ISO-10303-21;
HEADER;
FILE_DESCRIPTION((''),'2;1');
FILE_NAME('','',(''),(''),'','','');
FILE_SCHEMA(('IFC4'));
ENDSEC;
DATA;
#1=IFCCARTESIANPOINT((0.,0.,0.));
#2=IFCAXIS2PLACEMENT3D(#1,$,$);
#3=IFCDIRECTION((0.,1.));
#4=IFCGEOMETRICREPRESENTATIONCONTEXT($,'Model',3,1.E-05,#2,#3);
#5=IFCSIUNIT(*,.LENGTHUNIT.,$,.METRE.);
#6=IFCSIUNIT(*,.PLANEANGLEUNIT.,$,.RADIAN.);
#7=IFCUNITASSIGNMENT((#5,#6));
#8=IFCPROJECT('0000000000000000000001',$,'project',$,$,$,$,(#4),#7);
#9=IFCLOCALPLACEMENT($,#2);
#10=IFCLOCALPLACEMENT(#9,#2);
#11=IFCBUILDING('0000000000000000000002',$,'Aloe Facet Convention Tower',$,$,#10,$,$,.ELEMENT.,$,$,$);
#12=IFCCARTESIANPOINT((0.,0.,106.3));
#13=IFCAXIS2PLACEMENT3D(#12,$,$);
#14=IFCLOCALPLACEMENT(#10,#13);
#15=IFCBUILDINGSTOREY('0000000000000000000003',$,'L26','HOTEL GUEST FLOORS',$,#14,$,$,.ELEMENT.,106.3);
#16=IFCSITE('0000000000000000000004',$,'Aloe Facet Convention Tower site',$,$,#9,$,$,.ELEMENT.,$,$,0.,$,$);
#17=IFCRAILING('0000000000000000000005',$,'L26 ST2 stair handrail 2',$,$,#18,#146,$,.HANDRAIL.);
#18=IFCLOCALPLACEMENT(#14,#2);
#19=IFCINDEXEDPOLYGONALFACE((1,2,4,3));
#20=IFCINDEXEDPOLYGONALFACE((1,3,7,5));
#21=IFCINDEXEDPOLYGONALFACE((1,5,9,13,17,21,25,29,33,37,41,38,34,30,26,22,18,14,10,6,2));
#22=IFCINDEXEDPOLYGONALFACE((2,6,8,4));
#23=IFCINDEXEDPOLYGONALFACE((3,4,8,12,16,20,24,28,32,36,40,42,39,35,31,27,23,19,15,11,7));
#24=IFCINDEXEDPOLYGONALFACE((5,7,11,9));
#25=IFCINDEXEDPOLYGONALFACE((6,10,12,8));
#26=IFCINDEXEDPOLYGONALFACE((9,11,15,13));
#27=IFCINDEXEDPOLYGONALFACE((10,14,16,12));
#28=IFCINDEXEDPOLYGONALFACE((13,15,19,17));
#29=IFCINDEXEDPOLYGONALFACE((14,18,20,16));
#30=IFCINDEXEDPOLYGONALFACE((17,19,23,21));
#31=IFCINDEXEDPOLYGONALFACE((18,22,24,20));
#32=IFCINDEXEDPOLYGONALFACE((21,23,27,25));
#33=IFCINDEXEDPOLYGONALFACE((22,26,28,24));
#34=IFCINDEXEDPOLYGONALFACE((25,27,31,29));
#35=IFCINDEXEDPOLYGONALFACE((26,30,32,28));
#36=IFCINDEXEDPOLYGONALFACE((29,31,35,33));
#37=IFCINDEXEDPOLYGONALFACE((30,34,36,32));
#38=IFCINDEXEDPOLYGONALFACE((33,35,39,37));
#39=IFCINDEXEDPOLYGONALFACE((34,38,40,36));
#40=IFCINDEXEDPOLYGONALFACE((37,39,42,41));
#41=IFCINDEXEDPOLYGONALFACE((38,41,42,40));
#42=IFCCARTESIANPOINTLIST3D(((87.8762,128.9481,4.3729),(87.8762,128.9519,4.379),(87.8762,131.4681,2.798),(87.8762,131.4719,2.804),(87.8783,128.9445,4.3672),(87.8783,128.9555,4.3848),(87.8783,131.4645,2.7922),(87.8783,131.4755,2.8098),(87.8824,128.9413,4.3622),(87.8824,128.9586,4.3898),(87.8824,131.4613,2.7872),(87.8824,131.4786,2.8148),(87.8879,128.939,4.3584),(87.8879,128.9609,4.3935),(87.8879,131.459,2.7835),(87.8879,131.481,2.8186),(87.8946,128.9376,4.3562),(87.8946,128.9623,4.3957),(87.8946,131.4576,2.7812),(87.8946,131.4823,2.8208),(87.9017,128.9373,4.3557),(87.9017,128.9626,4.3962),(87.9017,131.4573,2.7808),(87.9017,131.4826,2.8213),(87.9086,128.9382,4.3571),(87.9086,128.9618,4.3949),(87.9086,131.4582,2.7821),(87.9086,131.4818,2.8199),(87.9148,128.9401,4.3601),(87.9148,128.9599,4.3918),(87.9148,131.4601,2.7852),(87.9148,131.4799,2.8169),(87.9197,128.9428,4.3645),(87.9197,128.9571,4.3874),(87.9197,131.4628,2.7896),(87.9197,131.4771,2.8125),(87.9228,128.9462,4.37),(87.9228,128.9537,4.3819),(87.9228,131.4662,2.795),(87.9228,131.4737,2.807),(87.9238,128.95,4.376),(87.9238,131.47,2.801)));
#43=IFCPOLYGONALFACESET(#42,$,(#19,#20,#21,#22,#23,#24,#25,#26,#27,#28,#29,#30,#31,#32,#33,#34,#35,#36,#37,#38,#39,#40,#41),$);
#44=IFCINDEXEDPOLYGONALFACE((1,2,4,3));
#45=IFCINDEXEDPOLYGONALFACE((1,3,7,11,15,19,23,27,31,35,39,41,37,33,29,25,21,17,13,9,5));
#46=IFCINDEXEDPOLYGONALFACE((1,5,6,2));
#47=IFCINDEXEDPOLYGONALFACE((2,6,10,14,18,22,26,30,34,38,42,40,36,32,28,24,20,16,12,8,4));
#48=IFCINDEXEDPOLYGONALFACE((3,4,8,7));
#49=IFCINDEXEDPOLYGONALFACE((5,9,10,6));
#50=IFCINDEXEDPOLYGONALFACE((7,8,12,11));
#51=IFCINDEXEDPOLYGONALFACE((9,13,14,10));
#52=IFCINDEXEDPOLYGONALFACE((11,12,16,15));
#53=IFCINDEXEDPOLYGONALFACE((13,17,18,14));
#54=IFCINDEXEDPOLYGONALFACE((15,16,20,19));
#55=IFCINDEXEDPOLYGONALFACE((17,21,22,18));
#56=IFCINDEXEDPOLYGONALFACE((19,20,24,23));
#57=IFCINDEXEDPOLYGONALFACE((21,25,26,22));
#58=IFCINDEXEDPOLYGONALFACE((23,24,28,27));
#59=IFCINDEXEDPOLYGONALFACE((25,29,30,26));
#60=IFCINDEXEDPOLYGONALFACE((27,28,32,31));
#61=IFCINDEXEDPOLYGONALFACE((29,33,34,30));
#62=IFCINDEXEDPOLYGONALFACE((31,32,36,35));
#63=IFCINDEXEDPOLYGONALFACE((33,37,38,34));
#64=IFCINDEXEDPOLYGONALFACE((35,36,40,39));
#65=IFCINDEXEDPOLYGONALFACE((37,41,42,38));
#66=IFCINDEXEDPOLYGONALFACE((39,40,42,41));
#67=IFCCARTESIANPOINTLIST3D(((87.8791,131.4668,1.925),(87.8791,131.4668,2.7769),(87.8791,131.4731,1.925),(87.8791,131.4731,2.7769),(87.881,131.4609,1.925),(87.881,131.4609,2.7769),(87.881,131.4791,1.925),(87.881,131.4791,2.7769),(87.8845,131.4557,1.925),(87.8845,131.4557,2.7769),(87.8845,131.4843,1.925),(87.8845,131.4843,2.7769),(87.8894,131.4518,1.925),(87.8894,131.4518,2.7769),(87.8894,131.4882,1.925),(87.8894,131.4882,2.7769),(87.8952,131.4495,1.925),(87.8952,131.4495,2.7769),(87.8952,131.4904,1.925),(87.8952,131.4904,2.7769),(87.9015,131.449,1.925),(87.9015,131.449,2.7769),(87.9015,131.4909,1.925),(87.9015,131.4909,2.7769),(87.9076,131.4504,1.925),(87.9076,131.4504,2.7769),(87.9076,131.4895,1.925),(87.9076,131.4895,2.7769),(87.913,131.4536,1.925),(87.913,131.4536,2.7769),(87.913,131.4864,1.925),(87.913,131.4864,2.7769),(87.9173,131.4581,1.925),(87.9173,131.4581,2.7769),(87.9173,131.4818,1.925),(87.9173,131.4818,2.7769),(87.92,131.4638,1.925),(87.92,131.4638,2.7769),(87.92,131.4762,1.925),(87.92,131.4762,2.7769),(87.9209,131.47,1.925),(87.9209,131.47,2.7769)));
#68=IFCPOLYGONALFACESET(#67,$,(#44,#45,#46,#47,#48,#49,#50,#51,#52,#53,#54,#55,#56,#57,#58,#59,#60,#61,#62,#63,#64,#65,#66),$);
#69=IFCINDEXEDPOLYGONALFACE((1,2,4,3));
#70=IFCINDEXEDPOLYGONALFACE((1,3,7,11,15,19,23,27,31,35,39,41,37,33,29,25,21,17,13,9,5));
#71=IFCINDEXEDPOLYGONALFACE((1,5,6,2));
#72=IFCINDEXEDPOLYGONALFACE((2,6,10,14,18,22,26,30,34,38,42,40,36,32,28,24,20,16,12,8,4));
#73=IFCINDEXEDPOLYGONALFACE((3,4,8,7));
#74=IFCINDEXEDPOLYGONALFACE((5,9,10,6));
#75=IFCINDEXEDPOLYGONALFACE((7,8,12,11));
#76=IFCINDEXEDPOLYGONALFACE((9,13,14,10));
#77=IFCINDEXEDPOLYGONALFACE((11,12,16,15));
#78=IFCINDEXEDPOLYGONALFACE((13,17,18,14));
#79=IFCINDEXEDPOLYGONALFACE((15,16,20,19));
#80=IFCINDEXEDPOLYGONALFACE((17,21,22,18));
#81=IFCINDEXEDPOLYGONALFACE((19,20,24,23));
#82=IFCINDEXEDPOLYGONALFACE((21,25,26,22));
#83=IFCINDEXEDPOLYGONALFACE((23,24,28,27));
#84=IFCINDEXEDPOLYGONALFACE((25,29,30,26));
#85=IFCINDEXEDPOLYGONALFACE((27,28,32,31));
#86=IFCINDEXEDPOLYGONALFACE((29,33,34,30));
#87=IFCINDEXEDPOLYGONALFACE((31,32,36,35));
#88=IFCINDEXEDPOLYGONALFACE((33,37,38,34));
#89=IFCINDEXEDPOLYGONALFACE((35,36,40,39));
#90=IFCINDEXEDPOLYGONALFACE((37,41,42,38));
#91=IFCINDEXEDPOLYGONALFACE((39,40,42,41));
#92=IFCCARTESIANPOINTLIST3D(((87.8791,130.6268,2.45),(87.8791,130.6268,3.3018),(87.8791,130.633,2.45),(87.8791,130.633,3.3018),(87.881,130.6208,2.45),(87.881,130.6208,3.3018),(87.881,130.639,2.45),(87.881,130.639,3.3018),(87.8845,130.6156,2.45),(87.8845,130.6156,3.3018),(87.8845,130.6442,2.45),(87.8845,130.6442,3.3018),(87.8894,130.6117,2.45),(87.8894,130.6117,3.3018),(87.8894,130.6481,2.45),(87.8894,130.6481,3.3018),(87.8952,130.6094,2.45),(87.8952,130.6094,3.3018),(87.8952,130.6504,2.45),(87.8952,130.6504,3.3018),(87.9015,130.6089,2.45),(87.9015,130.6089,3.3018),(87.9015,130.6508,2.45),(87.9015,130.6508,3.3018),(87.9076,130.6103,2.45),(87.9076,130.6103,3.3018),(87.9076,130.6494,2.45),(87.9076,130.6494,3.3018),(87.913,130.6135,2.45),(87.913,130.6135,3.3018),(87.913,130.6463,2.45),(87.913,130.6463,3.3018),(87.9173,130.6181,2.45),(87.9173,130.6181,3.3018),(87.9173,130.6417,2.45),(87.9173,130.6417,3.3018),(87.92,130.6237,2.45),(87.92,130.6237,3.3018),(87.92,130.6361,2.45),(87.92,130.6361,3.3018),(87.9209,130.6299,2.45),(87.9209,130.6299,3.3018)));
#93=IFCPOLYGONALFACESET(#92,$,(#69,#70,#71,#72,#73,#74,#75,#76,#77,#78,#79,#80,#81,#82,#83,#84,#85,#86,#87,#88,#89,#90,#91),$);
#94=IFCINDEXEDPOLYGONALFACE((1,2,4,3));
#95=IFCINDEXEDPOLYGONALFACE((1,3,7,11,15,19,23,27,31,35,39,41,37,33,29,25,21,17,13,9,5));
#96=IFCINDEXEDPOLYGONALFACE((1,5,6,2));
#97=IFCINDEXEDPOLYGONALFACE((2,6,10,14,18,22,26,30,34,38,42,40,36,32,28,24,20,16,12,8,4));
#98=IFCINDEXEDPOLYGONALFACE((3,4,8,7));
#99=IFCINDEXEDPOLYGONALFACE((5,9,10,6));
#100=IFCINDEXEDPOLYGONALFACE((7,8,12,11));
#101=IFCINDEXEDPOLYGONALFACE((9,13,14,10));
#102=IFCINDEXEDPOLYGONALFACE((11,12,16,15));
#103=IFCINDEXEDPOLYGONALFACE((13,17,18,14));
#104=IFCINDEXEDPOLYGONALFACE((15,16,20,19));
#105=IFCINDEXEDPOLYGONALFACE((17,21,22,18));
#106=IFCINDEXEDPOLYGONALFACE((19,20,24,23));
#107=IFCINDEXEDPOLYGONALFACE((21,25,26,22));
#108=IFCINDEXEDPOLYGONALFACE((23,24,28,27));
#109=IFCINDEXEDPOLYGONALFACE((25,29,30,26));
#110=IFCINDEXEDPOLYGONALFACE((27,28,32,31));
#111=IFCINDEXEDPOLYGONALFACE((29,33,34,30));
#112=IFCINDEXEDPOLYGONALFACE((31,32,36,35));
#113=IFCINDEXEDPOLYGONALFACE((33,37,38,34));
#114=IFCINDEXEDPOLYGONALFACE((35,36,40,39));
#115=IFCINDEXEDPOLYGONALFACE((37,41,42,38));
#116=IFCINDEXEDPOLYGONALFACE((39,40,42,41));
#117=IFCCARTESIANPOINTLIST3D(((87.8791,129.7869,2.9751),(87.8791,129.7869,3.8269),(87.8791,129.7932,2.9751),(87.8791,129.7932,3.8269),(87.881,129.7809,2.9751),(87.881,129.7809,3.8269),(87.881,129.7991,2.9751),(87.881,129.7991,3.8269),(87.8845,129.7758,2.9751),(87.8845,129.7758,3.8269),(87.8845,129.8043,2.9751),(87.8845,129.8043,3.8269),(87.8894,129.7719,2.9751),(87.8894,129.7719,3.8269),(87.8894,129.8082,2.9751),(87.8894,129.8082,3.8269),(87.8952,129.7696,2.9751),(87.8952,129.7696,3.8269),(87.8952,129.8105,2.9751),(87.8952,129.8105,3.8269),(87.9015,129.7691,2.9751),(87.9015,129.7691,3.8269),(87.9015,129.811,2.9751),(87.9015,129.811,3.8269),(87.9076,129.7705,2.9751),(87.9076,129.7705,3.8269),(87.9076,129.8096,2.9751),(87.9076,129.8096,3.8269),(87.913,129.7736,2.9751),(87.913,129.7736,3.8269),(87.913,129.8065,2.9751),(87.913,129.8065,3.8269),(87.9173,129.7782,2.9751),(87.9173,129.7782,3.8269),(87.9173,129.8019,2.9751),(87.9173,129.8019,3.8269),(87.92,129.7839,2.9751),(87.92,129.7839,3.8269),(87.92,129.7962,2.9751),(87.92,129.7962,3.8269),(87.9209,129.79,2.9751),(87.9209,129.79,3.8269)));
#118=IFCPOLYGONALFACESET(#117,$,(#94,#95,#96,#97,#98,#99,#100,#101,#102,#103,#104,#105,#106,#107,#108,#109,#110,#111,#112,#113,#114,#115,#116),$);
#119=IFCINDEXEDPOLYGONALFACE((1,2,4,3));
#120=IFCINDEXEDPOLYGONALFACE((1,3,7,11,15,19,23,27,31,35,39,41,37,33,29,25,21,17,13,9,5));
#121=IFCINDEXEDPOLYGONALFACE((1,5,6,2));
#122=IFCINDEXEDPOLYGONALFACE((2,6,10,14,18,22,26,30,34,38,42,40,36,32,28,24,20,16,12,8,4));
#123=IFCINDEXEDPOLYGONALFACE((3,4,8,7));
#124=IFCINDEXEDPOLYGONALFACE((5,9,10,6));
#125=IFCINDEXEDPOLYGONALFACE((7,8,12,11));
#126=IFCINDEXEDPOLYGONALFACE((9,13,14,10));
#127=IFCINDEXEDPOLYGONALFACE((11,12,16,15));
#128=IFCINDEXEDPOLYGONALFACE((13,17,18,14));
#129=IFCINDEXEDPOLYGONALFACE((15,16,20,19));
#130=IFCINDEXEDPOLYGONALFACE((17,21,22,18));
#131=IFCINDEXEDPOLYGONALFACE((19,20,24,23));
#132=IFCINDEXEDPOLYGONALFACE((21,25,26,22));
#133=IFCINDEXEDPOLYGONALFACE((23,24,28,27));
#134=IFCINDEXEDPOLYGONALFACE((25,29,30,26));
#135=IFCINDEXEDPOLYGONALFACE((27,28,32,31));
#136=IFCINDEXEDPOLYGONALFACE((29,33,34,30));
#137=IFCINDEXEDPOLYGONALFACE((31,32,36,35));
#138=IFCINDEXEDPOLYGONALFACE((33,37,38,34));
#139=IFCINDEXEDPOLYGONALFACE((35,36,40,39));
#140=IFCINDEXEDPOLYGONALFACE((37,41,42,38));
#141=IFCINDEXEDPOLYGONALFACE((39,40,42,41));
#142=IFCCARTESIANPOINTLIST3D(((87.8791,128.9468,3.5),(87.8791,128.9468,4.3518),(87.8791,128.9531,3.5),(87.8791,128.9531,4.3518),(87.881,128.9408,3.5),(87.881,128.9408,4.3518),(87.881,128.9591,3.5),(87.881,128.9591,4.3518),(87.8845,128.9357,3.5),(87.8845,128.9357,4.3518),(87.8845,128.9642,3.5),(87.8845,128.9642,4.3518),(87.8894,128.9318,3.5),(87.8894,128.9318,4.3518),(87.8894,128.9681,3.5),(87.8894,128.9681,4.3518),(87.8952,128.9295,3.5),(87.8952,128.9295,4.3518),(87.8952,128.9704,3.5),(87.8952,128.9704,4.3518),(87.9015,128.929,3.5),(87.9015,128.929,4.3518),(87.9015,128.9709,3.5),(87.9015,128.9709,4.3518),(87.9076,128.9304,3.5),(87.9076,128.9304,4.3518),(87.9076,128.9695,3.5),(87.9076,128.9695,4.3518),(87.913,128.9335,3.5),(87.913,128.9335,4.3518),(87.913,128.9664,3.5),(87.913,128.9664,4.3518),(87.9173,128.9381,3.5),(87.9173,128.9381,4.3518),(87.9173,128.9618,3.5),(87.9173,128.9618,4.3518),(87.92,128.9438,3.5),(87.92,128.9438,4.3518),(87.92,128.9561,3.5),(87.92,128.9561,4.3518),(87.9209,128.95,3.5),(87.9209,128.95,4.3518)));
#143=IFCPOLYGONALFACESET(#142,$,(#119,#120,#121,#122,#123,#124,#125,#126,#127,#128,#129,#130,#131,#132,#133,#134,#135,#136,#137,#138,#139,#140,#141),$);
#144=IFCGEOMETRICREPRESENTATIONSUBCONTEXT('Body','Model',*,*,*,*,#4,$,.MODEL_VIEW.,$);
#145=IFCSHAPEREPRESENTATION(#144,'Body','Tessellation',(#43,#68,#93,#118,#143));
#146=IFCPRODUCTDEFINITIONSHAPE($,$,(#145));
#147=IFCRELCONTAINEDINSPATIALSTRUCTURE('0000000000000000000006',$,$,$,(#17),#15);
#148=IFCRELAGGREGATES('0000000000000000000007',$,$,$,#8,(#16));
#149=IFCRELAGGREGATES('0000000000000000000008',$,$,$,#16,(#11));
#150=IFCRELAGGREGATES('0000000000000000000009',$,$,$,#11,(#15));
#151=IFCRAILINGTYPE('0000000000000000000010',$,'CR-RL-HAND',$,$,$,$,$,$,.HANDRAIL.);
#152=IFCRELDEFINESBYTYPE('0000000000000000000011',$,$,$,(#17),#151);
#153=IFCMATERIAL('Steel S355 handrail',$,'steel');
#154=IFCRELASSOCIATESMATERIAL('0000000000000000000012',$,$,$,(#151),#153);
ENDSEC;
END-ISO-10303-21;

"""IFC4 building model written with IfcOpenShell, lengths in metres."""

from ifc_helpers import new_model, si_unit, direction, frame, origin, origin_2d, place, context, subcontext, project, spatial, circle, extrude, material, type_object, element, save


model = new_model("IFC4")

# Units and contexts
model_context = context("Model", 3, precision=1e-05, world=origin(), true_north=direction((0.0, 1.0)))
body_context = subcontext(model_context, "Body", "Model", "MODEL_VIEW")
ifc_project = project(units=[si_unit("LENGTHUNIT", "METRE"), si_unit("PLANEANGLEUNIT", "RADIAN")], contexts=[model_context])

# Site, building, storey
site_placement = place(None, origin())
site = spatial("IfcSite", under=ifc_project, at=site_placement, Name="Aloe Facet Convention Tower site", CompositionType="ELEMENT", RefElevation=0.0)
building_placement = place(site_placement, origin())
building = spatial("IfcBuilding", under=site, at=building_placement, Name="Aloe Facet Convention Tower", CompositionType="ELEMENT")
storey_placement = place(building_placement, frame((0.0, 0.0, 106.3)))
storey = spatial("IfcBuildingStorey", under=building, at=storey_placement, Name="L26", Description="HOTEL GUEST FLOORS", CompositionType="ELEMENT", Elevation=106.3)

# Railing
ifc_material_1 = material(Name="Steel S355 handrail", Category="steel")
railing_type_1 = type_object("IfcRailingType", Name="CR-RL-HAND", PredefinedType="HANDRAIL", material=ifc_material_1)
railing_1_placement = place(storey_placement, frame((87.8999, 131.47, 1.925)))
element("IfcRailing", 1, at=railing_1_placement, inside=storey, type_object=railing_type_1, Name="L26 ST2 stair handrail 2", PredefinedType="HANDRAIL", context=body_context, shape_type="SweptSolid", body=[
    extrude(circle(Radius=0.0239, at=origin_2d()), frame((0.0, 0.0, 0.876), z_axis=(0.0, -0.848008, 0.529984), x_axis=(1.0, 0.0, 0.0)), (0.0, 0.0, 1.0), 2.9717),
    extrude(circle(Radius=0.021, at=origin_2d()), origin(), (0.0, 0.0, 1.0), 0.8518),
    extrude(circle(Radius=0.021, at=origin_2d()), frame((0.0, -0.8401, 0.5249)), (0.0, 0.0, 1.0), 0.8518),
    extrude(circle(Radius=0.021, at=origin_2d()), frame((0.0, -1.6799, 1.05)), (0.0, 0.0, 1.0), 0.8518),
    extrude(circle(Radius=0.021, at=origin_2d()), frame((0.0, -2.52, 1.575)), (0.0, 0.0, 1.0), 0.8518),
])

save(model, "model.ifc")
